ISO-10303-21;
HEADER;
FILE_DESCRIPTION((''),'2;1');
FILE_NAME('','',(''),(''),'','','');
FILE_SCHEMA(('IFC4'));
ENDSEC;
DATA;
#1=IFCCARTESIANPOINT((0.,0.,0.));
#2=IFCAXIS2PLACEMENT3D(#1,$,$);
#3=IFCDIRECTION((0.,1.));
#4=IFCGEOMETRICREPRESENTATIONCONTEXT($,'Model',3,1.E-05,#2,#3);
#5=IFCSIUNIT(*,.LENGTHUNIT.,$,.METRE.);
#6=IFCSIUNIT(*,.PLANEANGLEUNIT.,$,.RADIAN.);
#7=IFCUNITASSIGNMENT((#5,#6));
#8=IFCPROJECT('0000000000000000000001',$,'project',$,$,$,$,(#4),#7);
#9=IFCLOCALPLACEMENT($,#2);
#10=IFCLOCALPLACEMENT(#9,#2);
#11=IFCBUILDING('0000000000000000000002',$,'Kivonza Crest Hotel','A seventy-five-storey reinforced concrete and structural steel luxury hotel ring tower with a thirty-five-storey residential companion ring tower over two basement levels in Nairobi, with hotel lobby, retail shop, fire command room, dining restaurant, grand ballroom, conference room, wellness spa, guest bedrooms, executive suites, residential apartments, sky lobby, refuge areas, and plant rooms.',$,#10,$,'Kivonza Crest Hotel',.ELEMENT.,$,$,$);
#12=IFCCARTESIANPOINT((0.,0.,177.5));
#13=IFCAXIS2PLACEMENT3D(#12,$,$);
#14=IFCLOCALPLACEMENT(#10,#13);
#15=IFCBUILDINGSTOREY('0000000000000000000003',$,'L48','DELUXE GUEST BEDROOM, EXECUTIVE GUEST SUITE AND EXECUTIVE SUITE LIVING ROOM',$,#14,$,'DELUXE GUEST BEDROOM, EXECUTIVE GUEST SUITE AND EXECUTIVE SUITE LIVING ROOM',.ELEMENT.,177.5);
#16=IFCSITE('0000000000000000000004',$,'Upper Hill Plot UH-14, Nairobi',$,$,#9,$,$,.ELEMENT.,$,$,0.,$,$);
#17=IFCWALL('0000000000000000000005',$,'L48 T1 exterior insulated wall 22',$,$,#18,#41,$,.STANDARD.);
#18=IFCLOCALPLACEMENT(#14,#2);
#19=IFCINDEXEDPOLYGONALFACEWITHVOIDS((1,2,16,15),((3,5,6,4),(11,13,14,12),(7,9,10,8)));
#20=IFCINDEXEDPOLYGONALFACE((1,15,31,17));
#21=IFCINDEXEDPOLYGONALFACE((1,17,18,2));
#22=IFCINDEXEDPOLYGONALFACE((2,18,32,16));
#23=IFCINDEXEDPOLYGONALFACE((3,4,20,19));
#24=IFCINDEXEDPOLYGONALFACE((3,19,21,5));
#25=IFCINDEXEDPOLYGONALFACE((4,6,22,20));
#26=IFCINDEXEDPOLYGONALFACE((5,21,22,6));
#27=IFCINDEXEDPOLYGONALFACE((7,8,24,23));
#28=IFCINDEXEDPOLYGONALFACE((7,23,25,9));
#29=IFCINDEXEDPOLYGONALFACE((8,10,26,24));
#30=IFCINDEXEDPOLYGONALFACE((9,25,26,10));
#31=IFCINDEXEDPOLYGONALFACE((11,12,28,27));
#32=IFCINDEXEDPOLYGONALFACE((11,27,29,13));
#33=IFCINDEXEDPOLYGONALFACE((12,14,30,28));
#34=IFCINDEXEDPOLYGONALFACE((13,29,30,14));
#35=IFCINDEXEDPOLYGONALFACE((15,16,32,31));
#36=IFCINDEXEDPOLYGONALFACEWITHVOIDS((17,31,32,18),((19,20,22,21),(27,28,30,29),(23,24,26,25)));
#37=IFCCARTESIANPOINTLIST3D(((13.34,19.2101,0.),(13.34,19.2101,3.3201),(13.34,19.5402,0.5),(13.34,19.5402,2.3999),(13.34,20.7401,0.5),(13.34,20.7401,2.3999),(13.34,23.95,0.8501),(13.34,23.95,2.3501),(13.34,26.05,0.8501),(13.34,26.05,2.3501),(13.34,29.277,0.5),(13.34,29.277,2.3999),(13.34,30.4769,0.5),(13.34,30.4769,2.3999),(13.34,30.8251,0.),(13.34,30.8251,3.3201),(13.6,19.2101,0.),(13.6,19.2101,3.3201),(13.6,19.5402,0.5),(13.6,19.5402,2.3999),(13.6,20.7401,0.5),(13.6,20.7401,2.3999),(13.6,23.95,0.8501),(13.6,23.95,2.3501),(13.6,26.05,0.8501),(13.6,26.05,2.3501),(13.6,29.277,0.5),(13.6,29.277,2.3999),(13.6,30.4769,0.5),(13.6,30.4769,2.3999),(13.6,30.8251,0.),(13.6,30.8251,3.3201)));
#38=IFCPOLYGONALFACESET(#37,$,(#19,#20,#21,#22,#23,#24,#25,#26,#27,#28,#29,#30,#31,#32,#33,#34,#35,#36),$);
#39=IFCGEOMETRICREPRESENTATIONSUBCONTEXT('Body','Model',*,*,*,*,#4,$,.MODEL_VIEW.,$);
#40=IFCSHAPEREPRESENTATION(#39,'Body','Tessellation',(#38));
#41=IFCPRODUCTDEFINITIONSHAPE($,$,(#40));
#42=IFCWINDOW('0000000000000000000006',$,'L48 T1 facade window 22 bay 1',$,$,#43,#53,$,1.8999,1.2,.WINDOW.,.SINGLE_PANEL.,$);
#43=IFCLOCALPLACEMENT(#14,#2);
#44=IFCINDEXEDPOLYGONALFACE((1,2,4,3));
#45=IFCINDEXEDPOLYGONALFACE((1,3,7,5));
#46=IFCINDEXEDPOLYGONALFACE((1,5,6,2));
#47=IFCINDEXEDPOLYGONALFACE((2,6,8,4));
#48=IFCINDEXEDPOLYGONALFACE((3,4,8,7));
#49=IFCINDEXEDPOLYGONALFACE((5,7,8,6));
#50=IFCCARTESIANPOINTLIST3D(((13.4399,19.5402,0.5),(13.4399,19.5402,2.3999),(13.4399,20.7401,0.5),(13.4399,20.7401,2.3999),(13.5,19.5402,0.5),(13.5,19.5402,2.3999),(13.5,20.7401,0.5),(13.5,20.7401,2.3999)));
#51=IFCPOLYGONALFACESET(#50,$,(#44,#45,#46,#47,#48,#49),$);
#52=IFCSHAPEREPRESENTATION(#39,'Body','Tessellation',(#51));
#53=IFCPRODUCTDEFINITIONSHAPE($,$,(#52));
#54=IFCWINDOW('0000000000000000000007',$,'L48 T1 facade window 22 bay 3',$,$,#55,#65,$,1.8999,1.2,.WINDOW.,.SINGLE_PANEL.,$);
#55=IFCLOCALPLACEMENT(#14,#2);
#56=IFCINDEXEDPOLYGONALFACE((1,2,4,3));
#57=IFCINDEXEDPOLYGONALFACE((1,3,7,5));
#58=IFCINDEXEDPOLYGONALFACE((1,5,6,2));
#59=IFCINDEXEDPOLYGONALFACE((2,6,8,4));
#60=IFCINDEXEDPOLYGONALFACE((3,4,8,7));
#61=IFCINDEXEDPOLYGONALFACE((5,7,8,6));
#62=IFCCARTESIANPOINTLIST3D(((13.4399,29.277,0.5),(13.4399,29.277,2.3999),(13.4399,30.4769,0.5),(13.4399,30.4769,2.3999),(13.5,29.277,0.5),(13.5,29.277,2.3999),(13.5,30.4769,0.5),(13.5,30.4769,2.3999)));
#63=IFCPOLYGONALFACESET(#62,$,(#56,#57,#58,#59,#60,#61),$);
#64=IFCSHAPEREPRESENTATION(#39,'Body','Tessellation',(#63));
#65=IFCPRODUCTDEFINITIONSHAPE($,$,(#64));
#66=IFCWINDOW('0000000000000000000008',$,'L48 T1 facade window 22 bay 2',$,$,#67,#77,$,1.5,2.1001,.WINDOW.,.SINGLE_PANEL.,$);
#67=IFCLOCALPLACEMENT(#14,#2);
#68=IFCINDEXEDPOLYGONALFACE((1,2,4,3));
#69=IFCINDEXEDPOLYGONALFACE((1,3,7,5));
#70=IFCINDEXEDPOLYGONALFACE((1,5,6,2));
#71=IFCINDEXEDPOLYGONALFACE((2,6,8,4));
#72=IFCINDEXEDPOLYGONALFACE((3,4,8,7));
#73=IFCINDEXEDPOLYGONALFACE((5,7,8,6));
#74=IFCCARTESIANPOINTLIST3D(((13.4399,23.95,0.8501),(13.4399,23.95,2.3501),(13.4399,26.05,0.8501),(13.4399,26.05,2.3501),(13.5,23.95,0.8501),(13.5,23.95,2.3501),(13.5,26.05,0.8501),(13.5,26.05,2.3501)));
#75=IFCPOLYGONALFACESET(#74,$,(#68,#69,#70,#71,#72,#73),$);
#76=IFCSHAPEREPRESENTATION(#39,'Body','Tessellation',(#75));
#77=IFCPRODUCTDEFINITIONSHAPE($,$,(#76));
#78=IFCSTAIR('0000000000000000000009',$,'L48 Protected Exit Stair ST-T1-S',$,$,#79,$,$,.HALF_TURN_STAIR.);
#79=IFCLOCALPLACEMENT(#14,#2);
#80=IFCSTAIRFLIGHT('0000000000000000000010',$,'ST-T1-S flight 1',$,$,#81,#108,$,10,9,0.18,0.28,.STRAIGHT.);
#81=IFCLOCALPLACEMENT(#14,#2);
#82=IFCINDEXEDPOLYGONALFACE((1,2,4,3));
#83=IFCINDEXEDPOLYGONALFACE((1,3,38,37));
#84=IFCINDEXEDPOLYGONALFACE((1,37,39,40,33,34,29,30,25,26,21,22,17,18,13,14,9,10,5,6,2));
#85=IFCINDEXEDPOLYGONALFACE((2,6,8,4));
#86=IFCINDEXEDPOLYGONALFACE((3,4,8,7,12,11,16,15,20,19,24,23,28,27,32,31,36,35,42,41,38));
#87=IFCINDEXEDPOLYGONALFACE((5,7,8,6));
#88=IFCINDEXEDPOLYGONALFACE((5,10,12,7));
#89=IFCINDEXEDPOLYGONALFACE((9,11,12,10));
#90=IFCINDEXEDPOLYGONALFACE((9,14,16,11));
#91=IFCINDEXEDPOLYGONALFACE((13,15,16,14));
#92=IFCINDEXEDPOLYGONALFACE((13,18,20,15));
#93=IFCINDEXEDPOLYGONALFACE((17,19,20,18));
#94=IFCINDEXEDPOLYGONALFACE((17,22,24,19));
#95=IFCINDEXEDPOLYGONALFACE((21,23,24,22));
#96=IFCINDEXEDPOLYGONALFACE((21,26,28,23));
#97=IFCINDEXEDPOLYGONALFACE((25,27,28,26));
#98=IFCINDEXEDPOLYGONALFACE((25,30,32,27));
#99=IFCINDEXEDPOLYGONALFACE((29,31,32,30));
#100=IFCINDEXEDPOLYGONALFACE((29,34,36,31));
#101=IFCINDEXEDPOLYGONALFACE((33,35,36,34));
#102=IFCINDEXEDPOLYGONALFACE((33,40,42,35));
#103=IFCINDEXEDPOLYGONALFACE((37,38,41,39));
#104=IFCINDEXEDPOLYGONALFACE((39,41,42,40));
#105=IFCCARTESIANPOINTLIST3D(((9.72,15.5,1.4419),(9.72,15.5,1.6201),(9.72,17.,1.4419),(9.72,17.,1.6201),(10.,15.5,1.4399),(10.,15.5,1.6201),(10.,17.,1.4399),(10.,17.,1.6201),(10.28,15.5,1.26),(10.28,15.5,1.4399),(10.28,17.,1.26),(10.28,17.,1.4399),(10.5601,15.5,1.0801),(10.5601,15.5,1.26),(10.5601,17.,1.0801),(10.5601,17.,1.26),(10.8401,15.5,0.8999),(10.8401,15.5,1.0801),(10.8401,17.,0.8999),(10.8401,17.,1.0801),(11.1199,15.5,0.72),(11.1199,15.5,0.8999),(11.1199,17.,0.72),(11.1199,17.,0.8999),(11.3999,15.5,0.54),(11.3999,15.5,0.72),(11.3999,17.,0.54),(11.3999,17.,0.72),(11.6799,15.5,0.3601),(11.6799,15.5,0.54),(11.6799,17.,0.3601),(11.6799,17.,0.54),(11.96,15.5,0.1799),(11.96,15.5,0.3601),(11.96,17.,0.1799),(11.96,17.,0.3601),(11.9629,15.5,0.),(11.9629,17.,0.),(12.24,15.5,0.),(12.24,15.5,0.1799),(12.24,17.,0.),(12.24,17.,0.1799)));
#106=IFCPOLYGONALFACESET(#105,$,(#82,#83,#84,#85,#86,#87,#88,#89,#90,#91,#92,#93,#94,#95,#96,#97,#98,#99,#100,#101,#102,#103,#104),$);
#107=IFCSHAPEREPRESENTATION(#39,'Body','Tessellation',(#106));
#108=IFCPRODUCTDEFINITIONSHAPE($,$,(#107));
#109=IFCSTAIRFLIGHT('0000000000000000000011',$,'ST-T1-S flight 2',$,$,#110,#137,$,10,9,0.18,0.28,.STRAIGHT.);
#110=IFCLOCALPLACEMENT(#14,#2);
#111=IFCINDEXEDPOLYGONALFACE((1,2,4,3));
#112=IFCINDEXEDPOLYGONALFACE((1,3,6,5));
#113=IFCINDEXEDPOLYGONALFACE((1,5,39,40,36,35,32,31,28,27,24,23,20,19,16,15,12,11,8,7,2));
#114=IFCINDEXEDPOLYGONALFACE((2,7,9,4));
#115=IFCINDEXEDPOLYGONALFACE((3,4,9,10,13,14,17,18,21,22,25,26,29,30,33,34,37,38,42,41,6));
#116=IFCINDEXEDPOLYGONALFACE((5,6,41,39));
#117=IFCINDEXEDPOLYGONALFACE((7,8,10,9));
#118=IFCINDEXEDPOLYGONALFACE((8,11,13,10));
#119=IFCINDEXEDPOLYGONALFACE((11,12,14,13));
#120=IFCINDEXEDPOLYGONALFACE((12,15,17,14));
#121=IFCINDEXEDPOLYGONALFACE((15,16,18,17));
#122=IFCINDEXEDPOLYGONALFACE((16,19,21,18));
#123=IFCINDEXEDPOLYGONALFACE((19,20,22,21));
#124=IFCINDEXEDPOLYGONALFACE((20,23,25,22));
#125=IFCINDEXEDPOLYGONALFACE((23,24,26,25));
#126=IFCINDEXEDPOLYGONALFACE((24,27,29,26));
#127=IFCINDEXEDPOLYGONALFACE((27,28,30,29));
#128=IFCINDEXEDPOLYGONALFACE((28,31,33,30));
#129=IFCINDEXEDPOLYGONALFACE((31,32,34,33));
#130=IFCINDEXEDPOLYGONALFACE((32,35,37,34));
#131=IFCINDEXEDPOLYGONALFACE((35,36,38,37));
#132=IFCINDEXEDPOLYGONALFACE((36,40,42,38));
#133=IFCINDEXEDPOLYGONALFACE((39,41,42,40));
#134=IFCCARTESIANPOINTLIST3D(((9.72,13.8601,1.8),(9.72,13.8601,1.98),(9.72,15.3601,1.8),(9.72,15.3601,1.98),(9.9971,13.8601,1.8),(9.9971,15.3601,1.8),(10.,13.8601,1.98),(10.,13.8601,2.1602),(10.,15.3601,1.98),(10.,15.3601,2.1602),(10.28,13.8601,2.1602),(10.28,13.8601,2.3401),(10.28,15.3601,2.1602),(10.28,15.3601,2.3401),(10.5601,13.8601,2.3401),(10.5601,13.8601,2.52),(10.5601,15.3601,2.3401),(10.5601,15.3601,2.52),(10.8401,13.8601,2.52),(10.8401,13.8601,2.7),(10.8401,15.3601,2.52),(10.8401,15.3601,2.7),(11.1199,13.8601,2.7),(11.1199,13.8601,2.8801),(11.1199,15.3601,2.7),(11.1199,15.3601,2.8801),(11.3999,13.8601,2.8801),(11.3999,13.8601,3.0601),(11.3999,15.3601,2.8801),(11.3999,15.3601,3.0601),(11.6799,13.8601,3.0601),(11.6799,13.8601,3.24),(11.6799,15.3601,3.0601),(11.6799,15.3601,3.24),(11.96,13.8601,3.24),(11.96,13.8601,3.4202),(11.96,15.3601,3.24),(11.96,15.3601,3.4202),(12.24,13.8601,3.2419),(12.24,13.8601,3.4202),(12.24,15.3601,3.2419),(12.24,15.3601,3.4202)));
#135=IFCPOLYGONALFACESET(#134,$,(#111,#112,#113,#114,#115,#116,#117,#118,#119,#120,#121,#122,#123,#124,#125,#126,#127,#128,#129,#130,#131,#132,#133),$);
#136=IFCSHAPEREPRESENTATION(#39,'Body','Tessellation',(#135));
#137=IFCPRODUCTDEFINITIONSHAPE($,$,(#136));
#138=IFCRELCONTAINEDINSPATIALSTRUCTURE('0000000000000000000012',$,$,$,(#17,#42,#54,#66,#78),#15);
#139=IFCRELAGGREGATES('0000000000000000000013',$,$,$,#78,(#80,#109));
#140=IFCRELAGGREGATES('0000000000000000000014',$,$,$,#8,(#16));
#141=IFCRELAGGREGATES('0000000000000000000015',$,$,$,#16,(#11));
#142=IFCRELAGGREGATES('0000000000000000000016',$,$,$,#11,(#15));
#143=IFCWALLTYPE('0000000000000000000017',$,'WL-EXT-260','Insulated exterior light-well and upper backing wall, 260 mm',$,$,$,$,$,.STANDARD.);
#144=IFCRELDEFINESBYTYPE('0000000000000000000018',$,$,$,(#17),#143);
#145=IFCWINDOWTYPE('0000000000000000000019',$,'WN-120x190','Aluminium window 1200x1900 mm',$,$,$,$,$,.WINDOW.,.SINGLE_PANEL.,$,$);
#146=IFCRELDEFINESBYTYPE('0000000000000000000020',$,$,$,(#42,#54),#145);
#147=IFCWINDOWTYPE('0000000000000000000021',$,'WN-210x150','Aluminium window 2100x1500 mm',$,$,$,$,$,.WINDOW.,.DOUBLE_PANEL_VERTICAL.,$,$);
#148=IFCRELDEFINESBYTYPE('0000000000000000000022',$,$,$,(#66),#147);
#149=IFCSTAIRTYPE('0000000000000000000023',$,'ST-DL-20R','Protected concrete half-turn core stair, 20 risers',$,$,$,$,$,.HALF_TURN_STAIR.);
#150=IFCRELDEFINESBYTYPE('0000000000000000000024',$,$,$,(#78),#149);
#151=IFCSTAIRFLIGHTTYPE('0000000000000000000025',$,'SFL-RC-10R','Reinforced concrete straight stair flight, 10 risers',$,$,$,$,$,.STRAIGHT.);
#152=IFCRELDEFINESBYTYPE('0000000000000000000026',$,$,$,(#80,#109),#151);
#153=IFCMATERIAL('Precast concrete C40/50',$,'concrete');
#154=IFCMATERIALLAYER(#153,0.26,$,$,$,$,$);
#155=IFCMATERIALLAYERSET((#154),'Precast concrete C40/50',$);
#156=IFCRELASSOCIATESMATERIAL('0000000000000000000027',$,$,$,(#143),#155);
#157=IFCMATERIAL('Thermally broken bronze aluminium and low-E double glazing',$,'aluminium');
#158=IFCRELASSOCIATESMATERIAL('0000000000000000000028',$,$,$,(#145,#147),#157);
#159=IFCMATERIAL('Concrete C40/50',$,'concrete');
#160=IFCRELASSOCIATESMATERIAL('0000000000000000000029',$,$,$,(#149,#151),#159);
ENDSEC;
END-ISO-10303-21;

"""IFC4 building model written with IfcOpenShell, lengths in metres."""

from ifc_helpers import new_model, si_unit, direction, frame, frame_2d, origin, place, context, subcontext, project, spatial, polyline, rectangle, outline, extrude, material, layer, layer_set, type_object, element, fill, aggregate, save


model = new_model("IFC4")

# Units and contexts
model_context = context("Model", 3, precision=1e-05, world=origin(), true_north=direction((0.0, 1.0)))
body_context = subcontext(model_context, "Body", "Model", "MODEL_VIEW")
ifc_project = project(units=[si_unit("LENGTHUNIT", "METRE"), si_unit("PLANEANGLEUNIT", "RADIAN")], contexts=[model_context])

# Site, building, storey
site_placement = place(None, origin())
site = spatial("IfcSite", under=ifc_project, at=site_placement, Name="Upper Hill Plot UH-14, Nairobi", CompositionType="ELEMENT", RefElevation=0.0)
building_placement = place(site_placement, origin())
building = spatial("IfcBuilding", under=site, at=building_placement, Name="Kivonza Crest Hotel", Description="A seventy-five-storey reinforced concrete and structural steel luxury hotel ring tower with a thirty-five-storey residential companion ring tower over two basement levels in Nairobi, with hotel lobby, retail shop, fire command room, dining restaurant, grand ballroom, conference room, wellness spa, guest bedrooms, executive suites, residential apartments, sky lobby, refuge areas, and plant rooms.", LongName="Kivonza Crest Hotel", CompositionType="ELEMENT")
storey_placement = place(building_placement, frame((0.0, 0.0, 177.5)))
storey = spatial("IfcBuildingStorey", under=building, at=storey_placement, Name="L48", Description="DELUXE GUEST BEDROOM, EXECUTIVE GUEST SUITE AND EXECUTIVE SUITE LIVING ROOM", LongName="DELUXE GUEST BEDROOM, EXECUTIVE GUEST SUITE AND EXECUTIVE SUITE LIVING ROOM", CompositionType="ELEMENT", Elevation=177.5)

# Shared definitions
ifc_material_1 = material(Name="Precast concrete C40/50", Category="concrete")
ifc_layer_1 = layer(ifc_material_1, 0.26)
ifc_layer_set_1 = layer_set([ifc_layer_1], Name="Precast concrete C40/50")
wall_type_1 = type_object("IfcWallType", Name="WL-EXT-260", Description="Insulated exterior light-well and upper backing wall, 260 mm", PredefinedType="STANDARD", material=ifc_layer_set_1)
ifc_material_2 = material(Name="Thermally broken bronze aluminium and low-E double glazing", Category="aluminium")

# Wall, openings, windows
wall_1_placement = place(storey_placement, frame((13.47, 19.21, 0.0), z_axis=(0.0, 0.0, 1.0), x_axis=(0.0, 1.0, 0.0)))
wall_1 = element("IfcWall", 1, at=wall_1_placement, inside=storey, type_object=wall_type_1, Name="L48 T1 exterior insulated wall 22", PredefinedType="STANDARD", context=body_context, shape_type="SweptSolid", body=[
    extrude(rectangle(XDim=11.615, YDim=0.26, at=frame_2d((5.8076, 0.0))), origin(), (0.0, 0.0, 1.0), 3.3201),
])
opening_1_placement = place(wall_1_placement, frame((0.3301, 0.0, 0.5)))
opening_1 = element("IfcOpeningElement", 2, at=opening_1_placement, cuts=wall_1, PredefinedType="OPENING", context=body_context, shape_type="SweptSolid", body=[
    extrude(rectangle(XDim=1.2, YDim=1.8999, at=frame_2d((0.6001, 0.95))), frame((0.0, 0.1401, 0.0), z_axis=(0.0, -1.0, 0.0), x_axis=(1.0, 0.0, 0.0)), (0.0, 0.0, 1.0), 0.28),
])
opening_2_placement = place(wall_1_placement, frame((4.74, 0.0, 0.8501)))
opening_2 = element("IfcOpeningElement", 3, at=opening_2_placement, cuts=wall_1, PredefinedType="OPENING", context=body_context, shape_type="SweptSolid", body=[
    extrude(rectangle(XDim=2.1001, YDim=1.5, at=frame_2d((1.05, 0.75))), frame((0.0, 0.1401, 0.0), z_axis=(0.0, -1.0, 0.0), x_axis=(1.0, 0.0, 0.0)), (0.0, 0.0, 1.0), 0.28),
])
opening_3_placement = place(wall_1_placement, frame((10.0669, 0.0, 0.5)))
opening_3 = element("IfcOpeningElement", 4, at=opening_3_placement, cuts=wall_1, PredefinedType="OPENING", context=body_context, shape_type="SweptSolid", body=[
    extrude(rectangle(XDim=1.2, YDim=1.8999, at=frame_2d((0.6001, 0.95))), frame((0.0, 0.1401, 0.0), z_axis=(0.0, -1.0, 0.0), x_axis=(1.0, 0.0, 0.0)), (0.0, 0.0, 1.0), 0.28),
])
window_type_1 = type_object("IfcWindowType", Name="WN-120x190", Description="Aluminium window 1200x1900 mm", PartitioningType="SINGLE_PANEL", PredefinedType="WINDOW", material=ifc_material_2)
window_1_placement = place(opening_1_placement, origin())
window_1 = element("IfcWindow", 5, at=window_1_placement, inside=storey, type_object=window_type_1, Name="L48 T1 facade window 22 bay 1", OverallHeight=1.8999, OverallWidth=1.2, PartitioningType="SINGLE_PANEL", PredefinedType="WINDOW", context=body_context, shape_type="SweptSolid", body=[
    extrude(rectangle(XDim=1.2, YDim=1.8999, at=frame_2d((0.6001, 0.95))), frame((0.0, 0.03, 0.0), z_axis=(0.0, -1.0, 0.0), x_axis=(1.0, 0.0, 0.0)), (0.0, 0.0, 1.0), 0.0601),
])
fill(opening_1, window_1)
window_2_placement = place(opening_3_placement, origin())
window_2 = element("IfcWindow", 6, at=window_2_placement, inside=storey, type_object=window_type_1, Name="L48 T1 facade window 22 bay 3", OverallHeight=1.8999, OverallWidth=1.2, PartitioningType="SINGLE_PANEL", PredefinedType="WINDOW", context=body_context, shape_type="SweptSolid", body=[
    extrude(rectangle(XDim=1.2, YDim=1.8999, at=frame_2d((0.6001, 0.95))), frame((0.0, 0.03, 0.0), z_axis=(0.0, -1.0, 0.0), x_axis=(1.0, 0.0, 0.0)), (0.0, 0.0, 1.0), 0.0601),
])
fill(opening_3, window_2)
window_type_2 = type_object("IfcWindowType", Name="WN-210x150", Description="Aluminium window 2100x1500 mm", PartitioningType="DOUBLE_PANEL_VERTICAL", PredefinedType="WINDOW", material=ifc_material_2)
window_3_placement = place(opening_2_placement, origin())
window_3 = element("IfcWindow", 7, at=window_3_placement, inside=storey, type_object=window_type_2, Name="L48 T1 facade window 22 bay 2", OverallHeight=1.5, OverallWidth=2.1001, PartitioningType="SINGLE_PANEL", PredefinedType="WINDOW", context=body_context, shape_type="SweptSolid", body=[
    extrude(rectangle(XDim=2.1001, YDim=1.5, at=frame_2d((1.05, 0.75))), frame((0.0, 0.03, 0.0), z_axis=(0.0, -1.0, 0.0), x_axis=(1.0, 0.0, 0.0)), (0.0, 0.0, 1.0), 0.0601),
])
fill(opening_2, window_3)

# Stair, stair flights
ifc_material_3 = material(Name="Concrete C40/50", Category="concrete")
stair_type = type_object("IfcStairType", Name="ST-DL-20R", Description="Protected concrete half-turn core stair, 20 risers", PredefinedType="HALF_TURN_STAIR", material=ifc_material_3)
stair_placement = place(storey_placement, origin())
stair = element("IfcStair", 8, at=stair_placement, inside=storey, type_object=stair_type, Name="L48 Protected Exit Stair ST-T1-S", PredefinedType="HALF_TURN_STAIR")
stair_flight_type = type_object("IfcStairFlightType", Name="SFL-RC-10R", Description="Reinforced concrete straight stair flight, 10 risers", PredefinedType="STRAIGHT", material=ifc_material_3)
stair_flight_1_placement = place(storey_placement, frame((12.24, 16.25, 0.0), z_axis=(0.0, 0.0, 1.0), x_axis=(-1.0, 0.0, 0.0)))
stair_flight_1 = element("IfcStairFlight", 9, at=stair_flight_1_placement, type_object=stair_flight_type, Name="ST-T1-S flight 1", NumberOfRisers=10, NumberOfTreads=9, PredefinedType="STRAIGHT", RiserHeight=0.18, TreadLength=0.28, context=body_context, shape_type="SweptSolid", body=[
    extrude(outline(polyline([(0.0, 0.0), (0.0, 0.1799), (0.28, 0.1799), (0.28, 0.3601), (0.5601, 0.3601), (0.5601, 0.54), (0.8401, 0.54), (0.8401, 0.72), (1.1201, 0.72), (1.1201, 0.8999), (1.3999, 0.8999), (1.3999, 1.0801), (1.6799, 1.0801), (1.6799, 1.26), (1.96, 1.26), (1.96, 1.4399), (2.24, 1.4399), (2.24, 1.6201), (2.52, 1.6201), (2.52, 1.8), (2.52, 1.4419), (0.2771, 0.0), (0.0, 0.0)])), frame((0.0, 0.75, 0.0), z_axis=(0.0, -1.0, 0.0), x_axis=(1.0, 0.0, 0.0)), (0.0, 0.0, 1.0), 1.5),
])
stair_flight_2_placement = place(storey_placement, frame((9.72, 14.6101, 1.8), z_axis=(0.0, 0.0, 1.0), x_axis=(1.0, 0.0, 0.0)))
stair_flight_2 = element("IfcStairFlight", 10, at=stair_flight_2_placement, type_object=stair_flight_type, Name="ST-T1-S flight 2", NumberOfRisers=10, NumberOfTreads=9, PredefinedType="STRAIGHT", RiserHeight=0.18, TreadLength=0.28, context=body_context, shape_type="SweptSolid", body=[
    extrude(outline(polyline([(0.0, 0.0), (0.0, 0.1799), (0.28, 0.1799), (0.28, 0.3601), (0.5601, 0.3601), (0.5601, 0.54), (0.8401, 0.54), (0.8401, 0.72), (1.1201, 0.72), (1.1201, 0.8999), (1.3999, 0.8999), (1.3999, 1.0801), (1.6799, 1.0801), (1.6799, 1.26), (1.96, 1.26), (1.96, 1.4399), (2.24, 1.4399), (2.24, 1.6201), (2.52, 1.6201), (2.52, 1.8), (2.52, 1.4419), (0.2771, 0.0), (0.0, 0.0)])), frame((0.0, 0.75, 0.0), z_axis=(0.0, -1.0, 0.0), x_axis=(1.0, 0.0, 0.0)), (0.0, 0.0, 1.0), 1.5),
])
aggregate(stair, [stair_flight_1, stair_flight_2])

save(model, "model.ifc")
